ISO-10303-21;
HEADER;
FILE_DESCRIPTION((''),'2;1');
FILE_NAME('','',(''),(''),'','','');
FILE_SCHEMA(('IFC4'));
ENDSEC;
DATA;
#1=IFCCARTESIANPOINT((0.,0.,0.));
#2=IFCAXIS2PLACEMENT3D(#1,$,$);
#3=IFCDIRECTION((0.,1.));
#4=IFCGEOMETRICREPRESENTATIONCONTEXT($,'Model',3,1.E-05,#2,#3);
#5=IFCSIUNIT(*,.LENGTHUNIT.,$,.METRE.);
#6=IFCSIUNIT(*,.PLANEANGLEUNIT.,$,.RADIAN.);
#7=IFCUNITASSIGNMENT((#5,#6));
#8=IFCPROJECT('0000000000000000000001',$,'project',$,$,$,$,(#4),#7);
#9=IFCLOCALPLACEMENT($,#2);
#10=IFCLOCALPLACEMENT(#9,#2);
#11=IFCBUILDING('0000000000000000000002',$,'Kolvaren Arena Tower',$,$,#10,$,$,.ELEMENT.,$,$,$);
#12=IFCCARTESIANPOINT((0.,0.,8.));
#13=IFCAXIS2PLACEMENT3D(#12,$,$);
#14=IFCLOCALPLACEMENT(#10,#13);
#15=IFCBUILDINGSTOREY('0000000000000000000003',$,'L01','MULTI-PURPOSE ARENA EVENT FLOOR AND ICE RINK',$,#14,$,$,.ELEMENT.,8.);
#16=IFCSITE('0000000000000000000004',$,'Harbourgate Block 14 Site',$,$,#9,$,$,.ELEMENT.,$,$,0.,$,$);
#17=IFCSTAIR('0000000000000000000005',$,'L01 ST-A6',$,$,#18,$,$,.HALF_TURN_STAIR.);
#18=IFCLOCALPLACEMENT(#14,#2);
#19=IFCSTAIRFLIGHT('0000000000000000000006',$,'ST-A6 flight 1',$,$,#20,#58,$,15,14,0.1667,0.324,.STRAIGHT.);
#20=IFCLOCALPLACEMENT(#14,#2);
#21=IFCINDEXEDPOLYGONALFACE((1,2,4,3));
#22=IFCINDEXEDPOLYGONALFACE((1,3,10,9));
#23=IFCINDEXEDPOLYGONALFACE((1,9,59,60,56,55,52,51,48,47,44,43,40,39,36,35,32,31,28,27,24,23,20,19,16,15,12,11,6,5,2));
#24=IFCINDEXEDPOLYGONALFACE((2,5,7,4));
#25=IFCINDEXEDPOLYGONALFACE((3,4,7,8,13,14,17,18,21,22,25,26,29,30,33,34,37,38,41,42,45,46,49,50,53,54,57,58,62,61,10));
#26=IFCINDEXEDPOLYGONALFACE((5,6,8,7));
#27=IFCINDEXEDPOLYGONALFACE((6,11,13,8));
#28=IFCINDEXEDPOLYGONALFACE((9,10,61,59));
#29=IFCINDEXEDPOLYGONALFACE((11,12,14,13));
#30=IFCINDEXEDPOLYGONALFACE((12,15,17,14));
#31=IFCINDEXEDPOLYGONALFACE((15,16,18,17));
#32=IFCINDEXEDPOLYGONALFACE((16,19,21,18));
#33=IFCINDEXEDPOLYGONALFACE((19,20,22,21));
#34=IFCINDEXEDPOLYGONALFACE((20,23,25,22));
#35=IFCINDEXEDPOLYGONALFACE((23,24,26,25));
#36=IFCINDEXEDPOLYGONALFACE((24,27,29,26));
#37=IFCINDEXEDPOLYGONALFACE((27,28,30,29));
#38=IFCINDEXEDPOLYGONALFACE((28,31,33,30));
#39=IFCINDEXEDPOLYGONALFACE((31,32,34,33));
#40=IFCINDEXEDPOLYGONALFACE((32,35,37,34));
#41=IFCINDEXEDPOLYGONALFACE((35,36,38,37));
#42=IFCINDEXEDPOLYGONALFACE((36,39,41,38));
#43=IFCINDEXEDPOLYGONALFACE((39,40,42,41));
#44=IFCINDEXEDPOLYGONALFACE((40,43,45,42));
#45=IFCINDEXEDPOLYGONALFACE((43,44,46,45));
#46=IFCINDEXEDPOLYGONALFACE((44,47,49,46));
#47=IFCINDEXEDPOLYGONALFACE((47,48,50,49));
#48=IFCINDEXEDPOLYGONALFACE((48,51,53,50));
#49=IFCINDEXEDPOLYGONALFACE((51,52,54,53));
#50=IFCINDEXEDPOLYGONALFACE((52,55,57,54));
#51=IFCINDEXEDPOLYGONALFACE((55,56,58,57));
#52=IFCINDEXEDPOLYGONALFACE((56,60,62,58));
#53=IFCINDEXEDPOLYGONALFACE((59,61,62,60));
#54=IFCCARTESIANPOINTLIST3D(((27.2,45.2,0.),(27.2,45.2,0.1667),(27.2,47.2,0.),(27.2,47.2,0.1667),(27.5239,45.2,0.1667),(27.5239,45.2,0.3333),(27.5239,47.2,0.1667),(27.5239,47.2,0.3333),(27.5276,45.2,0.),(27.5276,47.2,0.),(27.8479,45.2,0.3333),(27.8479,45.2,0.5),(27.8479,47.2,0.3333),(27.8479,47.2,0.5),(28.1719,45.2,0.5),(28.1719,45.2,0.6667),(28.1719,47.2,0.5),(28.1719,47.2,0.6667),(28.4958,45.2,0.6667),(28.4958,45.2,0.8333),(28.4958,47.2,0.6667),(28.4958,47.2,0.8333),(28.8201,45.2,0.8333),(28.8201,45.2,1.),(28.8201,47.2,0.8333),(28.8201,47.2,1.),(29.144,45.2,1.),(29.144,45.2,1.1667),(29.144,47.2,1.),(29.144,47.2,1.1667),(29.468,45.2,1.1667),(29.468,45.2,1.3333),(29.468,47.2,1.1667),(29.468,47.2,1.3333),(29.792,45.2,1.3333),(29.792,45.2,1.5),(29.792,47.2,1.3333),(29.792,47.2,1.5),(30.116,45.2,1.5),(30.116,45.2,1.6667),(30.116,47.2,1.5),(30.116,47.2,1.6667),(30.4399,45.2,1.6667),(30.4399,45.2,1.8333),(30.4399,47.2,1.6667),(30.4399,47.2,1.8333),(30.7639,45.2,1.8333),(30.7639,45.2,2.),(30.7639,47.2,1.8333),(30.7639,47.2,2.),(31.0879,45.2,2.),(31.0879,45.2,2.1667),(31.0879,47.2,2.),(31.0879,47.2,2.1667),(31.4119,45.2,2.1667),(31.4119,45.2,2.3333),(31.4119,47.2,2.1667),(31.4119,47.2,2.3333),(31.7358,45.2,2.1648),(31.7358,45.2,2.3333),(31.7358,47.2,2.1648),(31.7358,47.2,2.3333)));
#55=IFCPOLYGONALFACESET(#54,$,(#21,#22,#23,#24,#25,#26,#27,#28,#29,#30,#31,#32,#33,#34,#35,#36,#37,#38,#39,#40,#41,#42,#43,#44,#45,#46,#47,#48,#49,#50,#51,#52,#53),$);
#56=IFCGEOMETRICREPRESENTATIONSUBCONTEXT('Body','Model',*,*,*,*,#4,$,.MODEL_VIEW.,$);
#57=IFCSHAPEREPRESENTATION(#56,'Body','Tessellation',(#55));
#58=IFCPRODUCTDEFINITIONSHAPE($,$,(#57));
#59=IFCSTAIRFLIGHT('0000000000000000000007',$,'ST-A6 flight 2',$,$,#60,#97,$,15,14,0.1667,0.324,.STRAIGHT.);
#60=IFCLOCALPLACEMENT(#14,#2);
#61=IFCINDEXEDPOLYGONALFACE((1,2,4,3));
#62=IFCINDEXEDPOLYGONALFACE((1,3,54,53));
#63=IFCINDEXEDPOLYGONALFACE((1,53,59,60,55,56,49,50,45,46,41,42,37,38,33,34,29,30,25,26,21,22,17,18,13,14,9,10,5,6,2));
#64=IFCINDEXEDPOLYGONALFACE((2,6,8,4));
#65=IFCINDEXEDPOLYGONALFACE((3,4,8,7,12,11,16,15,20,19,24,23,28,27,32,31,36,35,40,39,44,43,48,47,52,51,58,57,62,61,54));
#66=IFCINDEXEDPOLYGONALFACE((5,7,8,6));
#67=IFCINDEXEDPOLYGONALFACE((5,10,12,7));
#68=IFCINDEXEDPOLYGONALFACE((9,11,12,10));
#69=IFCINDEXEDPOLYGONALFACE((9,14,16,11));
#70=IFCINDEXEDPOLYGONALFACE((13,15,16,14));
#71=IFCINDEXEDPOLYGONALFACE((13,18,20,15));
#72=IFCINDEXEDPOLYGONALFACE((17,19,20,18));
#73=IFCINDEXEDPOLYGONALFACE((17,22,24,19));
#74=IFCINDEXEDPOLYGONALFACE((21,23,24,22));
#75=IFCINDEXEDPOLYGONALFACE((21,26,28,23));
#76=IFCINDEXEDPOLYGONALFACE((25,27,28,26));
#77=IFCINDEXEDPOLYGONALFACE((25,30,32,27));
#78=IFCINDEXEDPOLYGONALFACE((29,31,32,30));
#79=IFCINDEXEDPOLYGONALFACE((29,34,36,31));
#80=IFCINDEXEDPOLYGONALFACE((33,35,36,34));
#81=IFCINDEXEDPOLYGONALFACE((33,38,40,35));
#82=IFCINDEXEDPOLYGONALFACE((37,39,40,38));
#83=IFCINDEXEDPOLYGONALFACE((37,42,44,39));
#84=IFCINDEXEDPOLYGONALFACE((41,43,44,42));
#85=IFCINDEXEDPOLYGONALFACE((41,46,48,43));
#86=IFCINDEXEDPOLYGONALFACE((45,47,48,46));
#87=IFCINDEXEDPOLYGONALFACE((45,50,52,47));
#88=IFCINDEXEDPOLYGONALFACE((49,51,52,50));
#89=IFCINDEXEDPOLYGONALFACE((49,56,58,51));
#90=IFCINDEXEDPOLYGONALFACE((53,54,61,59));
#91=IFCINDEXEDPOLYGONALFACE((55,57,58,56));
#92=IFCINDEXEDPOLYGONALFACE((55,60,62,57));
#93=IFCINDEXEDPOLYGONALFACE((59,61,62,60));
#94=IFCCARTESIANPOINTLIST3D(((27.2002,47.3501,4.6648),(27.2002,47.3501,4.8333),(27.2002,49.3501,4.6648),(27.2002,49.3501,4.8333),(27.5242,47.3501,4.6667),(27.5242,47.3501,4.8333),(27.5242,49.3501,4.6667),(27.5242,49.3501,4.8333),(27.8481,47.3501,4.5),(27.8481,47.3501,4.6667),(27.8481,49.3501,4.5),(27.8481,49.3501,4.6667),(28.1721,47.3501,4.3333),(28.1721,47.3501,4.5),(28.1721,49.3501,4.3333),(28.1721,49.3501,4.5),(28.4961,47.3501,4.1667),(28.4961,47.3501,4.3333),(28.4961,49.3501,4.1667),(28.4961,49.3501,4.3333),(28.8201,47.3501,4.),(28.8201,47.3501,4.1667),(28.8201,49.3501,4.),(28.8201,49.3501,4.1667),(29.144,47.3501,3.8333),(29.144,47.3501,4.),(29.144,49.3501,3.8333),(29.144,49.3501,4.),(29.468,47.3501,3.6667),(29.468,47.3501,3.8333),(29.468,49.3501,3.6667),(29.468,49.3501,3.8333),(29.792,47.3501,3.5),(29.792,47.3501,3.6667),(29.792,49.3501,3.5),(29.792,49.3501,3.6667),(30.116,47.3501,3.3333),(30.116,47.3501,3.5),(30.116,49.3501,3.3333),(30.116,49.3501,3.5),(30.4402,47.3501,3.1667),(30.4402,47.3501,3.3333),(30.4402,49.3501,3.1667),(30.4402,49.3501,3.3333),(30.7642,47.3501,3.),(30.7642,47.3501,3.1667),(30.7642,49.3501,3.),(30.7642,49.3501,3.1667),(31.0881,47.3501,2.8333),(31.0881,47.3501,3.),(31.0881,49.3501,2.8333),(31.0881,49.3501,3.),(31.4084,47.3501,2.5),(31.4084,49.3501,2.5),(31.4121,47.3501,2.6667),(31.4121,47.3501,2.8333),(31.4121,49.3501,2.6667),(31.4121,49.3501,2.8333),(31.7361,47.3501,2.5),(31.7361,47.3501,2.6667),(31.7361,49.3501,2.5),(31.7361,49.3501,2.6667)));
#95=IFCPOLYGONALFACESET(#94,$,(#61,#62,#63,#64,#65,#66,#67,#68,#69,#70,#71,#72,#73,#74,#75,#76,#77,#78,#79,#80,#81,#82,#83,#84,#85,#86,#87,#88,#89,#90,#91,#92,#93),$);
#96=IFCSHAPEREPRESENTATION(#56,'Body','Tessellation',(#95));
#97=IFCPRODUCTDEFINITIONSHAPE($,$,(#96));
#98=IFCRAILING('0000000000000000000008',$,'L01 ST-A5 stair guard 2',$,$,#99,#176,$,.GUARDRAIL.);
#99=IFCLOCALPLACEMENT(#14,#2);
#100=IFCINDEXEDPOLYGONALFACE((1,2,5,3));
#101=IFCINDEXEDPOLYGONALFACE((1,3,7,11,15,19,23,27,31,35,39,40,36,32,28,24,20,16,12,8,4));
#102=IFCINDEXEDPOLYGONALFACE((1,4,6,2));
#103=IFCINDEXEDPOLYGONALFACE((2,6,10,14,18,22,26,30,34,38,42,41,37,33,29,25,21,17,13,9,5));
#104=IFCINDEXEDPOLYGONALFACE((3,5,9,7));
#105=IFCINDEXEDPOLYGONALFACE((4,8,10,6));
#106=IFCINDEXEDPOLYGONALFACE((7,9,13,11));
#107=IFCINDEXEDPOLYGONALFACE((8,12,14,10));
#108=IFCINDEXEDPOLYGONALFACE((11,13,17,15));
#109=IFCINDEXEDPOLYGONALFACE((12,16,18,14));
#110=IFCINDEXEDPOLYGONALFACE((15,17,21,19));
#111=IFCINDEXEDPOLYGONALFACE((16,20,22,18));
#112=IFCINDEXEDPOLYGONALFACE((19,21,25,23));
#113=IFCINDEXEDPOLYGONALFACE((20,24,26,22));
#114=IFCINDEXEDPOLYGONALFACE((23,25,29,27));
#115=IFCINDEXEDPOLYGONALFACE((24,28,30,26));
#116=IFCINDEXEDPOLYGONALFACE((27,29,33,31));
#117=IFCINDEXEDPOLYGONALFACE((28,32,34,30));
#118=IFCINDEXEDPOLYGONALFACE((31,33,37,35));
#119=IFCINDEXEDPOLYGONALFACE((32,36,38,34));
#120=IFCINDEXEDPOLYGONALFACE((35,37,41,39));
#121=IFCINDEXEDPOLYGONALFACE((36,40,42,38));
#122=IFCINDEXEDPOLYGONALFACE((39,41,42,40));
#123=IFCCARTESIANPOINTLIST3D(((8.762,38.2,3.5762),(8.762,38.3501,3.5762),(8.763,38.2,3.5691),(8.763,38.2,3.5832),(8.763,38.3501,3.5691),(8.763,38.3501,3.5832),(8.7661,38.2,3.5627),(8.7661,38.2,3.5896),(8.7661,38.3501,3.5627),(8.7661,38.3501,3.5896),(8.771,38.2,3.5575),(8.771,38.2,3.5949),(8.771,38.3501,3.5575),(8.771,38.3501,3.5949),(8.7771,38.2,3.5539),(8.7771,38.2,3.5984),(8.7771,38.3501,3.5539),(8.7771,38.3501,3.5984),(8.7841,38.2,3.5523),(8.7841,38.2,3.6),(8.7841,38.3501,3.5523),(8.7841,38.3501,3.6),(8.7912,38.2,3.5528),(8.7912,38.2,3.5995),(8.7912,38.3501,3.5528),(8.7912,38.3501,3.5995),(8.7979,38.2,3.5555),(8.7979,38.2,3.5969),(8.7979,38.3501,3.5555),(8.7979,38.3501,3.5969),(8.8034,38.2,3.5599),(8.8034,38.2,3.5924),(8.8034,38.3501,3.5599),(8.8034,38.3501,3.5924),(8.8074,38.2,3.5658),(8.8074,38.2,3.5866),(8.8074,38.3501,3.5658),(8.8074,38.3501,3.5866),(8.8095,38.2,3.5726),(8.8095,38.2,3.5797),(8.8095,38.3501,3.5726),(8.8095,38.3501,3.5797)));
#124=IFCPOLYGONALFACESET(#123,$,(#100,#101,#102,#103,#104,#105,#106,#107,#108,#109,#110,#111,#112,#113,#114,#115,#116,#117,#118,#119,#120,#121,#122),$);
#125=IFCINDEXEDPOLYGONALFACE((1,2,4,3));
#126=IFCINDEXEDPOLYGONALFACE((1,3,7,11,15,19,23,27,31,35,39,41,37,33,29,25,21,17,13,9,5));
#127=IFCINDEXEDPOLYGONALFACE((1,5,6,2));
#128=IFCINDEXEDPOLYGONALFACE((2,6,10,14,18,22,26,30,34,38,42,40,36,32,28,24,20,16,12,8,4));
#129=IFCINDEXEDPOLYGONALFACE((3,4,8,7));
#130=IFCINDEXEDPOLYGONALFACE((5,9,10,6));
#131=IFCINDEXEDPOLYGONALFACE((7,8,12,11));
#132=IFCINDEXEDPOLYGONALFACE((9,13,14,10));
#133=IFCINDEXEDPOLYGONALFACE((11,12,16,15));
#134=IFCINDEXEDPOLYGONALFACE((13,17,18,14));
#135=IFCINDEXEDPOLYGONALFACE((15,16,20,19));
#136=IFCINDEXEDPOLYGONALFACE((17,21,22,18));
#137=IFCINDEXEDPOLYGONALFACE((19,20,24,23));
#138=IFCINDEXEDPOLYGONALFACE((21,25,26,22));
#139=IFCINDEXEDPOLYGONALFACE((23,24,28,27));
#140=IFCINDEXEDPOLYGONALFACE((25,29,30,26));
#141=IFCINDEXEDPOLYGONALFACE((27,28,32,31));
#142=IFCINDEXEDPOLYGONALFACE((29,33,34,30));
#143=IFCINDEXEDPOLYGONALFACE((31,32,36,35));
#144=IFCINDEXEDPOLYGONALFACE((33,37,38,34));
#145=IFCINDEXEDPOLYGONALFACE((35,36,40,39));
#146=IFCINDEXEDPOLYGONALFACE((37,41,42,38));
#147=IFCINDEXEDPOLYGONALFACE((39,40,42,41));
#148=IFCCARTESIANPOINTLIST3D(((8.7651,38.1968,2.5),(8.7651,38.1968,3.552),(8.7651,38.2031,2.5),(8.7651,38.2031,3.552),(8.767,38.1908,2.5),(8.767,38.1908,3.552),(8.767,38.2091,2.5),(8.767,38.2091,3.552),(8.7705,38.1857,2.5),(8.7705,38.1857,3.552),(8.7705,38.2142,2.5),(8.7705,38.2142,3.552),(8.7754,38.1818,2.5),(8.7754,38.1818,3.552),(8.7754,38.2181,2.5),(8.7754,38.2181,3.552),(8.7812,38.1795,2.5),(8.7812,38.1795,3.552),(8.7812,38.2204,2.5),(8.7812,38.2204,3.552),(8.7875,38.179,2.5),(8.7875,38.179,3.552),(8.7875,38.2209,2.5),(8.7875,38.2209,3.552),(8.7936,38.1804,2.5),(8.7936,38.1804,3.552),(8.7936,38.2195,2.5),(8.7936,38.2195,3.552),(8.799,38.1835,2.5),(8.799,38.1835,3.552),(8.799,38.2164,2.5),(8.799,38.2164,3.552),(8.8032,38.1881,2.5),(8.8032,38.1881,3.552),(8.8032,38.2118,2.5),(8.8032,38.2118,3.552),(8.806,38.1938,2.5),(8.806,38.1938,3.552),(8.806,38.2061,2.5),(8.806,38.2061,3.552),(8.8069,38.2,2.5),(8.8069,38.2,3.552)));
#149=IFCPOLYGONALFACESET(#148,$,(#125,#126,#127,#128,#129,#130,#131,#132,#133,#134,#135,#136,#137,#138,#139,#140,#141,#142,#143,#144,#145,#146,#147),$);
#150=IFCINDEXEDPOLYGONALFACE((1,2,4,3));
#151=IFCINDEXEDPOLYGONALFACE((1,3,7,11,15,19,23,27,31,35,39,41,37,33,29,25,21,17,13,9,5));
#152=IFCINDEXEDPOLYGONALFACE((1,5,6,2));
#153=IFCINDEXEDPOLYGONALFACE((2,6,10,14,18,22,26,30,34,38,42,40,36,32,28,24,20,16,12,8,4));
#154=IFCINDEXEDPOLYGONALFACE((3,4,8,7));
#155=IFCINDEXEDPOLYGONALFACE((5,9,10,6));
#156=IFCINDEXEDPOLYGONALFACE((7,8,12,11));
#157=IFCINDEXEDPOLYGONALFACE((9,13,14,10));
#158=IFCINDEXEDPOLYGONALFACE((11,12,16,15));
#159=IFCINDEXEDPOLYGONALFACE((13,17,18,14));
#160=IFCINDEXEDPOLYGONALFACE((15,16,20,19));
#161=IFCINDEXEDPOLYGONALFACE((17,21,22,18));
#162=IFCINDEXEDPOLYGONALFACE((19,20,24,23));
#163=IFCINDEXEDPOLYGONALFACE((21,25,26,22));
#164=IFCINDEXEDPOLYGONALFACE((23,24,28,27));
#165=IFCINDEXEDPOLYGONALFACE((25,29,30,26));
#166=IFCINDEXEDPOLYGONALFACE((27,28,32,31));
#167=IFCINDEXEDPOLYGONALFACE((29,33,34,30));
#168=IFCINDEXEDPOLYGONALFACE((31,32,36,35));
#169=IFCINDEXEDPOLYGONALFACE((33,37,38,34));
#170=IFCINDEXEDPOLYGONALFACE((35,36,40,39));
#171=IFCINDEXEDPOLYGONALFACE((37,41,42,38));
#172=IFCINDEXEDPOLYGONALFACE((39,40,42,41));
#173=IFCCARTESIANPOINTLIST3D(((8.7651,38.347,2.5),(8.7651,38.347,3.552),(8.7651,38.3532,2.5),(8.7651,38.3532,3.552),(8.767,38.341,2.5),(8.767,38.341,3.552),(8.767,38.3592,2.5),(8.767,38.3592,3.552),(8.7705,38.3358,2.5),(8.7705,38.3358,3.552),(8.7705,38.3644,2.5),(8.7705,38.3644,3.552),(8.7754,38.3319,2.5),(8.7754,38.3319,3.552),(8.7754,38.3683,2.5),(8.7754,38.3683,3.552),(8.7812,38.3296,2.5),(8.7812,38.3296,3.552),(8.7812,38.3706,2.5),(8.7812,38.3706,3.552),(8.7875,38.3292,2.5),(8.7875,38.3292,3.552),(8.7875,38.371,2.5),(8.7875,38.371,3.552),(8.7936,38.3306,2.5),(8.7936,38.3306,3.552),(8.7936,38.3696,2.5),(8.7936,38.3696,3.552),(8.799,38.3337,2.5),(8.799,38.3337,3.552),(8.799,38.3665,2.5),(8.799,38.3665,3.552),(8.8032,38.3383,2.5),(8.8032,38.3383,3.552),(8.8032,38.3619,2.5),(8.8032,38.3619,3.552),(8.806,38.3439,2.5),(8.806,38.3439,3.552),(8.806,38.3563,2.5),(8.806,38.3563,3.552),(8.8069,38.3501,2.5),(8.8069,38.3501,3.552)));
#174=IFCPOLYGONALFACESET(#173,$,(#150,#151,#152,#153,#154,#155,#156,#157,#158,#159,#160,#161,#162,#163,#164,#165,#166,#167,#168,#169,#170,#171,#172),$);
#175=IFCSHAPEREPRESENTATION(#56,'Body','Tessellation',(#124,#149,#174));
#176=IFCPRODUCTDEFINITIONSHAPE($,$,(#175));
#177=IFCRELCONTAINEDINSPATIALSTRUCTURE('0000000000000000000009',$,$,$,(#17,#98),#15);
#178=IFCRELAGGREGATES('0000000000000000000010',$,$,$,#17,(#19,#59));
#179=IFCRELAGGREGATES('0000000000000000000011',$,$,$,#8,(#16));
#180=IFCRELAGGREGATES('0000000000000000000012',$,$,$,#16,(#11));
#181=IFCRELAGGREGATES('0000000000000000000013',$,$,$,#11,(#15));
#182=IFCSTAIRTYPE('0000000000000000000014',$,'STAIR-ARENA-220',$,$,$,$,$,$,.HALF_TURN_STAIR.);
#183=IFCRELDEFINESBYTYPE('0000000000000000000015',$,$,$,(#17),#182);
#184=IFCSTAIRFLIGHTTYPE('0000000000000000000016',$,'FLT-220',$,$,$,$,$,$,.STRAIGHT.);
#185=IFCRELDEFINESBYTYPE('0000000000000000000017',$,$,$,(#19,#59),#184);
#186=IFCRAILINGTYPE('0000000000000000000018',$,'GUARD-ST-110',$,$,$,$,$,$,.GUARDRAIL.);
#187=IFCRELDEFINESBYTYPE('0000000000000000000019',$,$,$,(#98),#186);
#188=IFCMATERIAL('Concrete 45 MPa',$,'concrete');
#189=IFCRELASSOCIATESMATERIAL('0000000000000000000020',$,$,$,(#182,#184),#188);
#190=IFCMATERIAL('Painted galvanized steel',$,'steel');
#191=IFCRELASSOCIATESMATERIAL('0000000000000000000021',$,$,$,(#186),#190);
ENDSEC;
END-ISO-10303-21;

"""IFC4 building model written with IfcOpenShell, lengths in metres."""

from ifc_helpers import new_model, si_unit, direction, frame, origin, origin_2d, place, context, subcontext, project, spatial, polyline, circle, outline, extrude, material, type_object, element, aggregate, save


model = new_model("IFC4")

# Units and contexts
model_context = context("Model", 3, precision=1e-05, world=origin(), true_north=direction((0.0, 1.0)))
body_context = subcontext(model_context, "Body", "Model", "MODEL_VIEW")
ifc_project = project(units=[si_unit("LENGTHUNIT", "METRE"), si_unit("PLANEANGLEUNIT", "RADIAN")], contexts=[model_context])

# Site, building, storey
site_placement = place(None, origin())
site = spatial("IfcSite", under=ifc_project, at=site_placement, Name="Harbourgate Block 14 Site", CompositionType="ELEMENT", RefElevation=0.0)
building_placement = place(site_placement, origin())
building = spatial("IfcBuilding", under=site, at=building_placement, Name="Kolvaren Arena Tower", CompositionType="ELEMENT")
storey_placement = place(building_placement, frame((0.0, 0.0, 8.0)))
storey = spatial("IfcBuildingStorey", under=building, at=storey_placement, Name="L01", Description="MULTI-PURPOSE ARENA EVENT FLOOR AND ICE RINK", CompositionType="ELEMENT", Elevation=8.0)

# Shared definitions
ifc_material_1 = material(Name="Concrete 45 MPa", Category="concrete")

# Stair, stair flights
stair_type = type_object("IfcStairType", Name="STAIR-ARENA-220", PredefinedType="HALF_TURN_STAIR", material=ifc_material_1)
stair_placement = place(storey_placement, origin())
stair = element("IfcStair", 1, at=stair_placement, inside=storey, type_object=stair_type, Name="L01 ST-A6", PredefinedType="HALF_TURN_STAIR")
stair_flight_type = type_object("IfcStairFlightType", Name="FLT-220", PredefinedType="STRAIGHT", material=ifc_material_1)
stair_flight_1_placement = place(storey_placement, frame((27.2, 46.2, 0.0), z_axis=(0.0, 0.0, 1.0), x_axis=(1.0, 0.0, 0.0)))
stair_flight_1 = element("IfcStairFlight", 2, at=stair_flight_1_placement, type_object=stair_flight_type, Name="ST-A6 flight 1", NumberOfRisers=15, NumberOfTreads=14, PredefinedType="STRAIGHT", RiserHeight=0.1667, TreadLength=0.324, context=body_context, shape_type="SweptSolid", body=[
    extrude(outline(polyline([(0.0, 0.0), (0.0, 0.1667), (0.324, 0.1667), (0.324, 0.3333), (0.6479, 0.3333), (0.6479, 0.5), (0.9719, 0.5), (0.9719, 0.6667), (1.2959, 0.6667), (1.2959, 0.8333), (1.6201, 0.8333), (1.6201, 1.0), (1.9441, 1.0), (1.9441, 1.1667), (2.2681, 1.1667), (2.2681, 1.3333), (2.592, 1.3333), (2.592, 1.5), (2.916, 1.5), (2.916, 1.6667), (3.24, 1.6667), (3.24, 1.8333), (3.564, 1.8333), (3.564, 2.0), (3.8879, 2.0), (3.8879, 2.1667), (4.2119, 2.1667), (4.2119, 2.3333), (4.5359, 2.3333), (4.5359, 2.5), (4.5359, 2.1648), (0.3276, 0.0), (0.0, 0.0)])), frame((0.0, 1.0, 0.0), z_axis=(0.0, -1.0, 0.0), x_axis=(1.0, 0.0, 0.0)), (0.0, 0.0, 1.0), 2.0),
])
stair_flight_2_placement = place(storey_placement, frame((31.7361, 48.3501, 2.5), z_axis=(0.0, 0.0, 1.0), x_axis=(-1.0, 0.0, 0.0)))
stair_flight_2 = element("IfcStairFlight", 3, at=stair_flight_2_placement, type_object=stair_flight_type, Name="ST-A6 flight 2", NumberOfRisers=15, NumberOfTreads=14, PredefinedType="STRAIGHT", RiserHeight=0.1667, TreadLength=0.324, context=body_context, shape_type="SweptSolid", body=[
    extrude(outline(polyline([(0.0, 0.0), (0.0, 0.1667), (0.324, 0.1667), (0.324, 0.3333), (0.6479, 0.3333), (0.6479, 0.5), (0.9719, 0.5), (0.9719, 0.6667), (1.2959, 0.6667), (1.2959, 0.8333), (1.6201, 0.8333), (1.6201, 1.0), (1.9441, 1.0), (1.9441, 1.1667), (2.2681, 1.1667), (2.2681, 1.3333), (2.592, 1.3333), (2.592, 1.5), (2.916, 1.5), (2.916, 1.6667), (3.24, 1.6667), (3.24, 1.8333), (3.564, 1.8333), (3.564, 2.0), (3.8879, 2.0), (3.8879, 2.1667), (4.2119, 2.1667), (4.2119, 2.3333), (4.5359, 2.3333), (4.5359, 2.5), (4.5359, 2.1648), (0.3276, 0.0), (0.0, 0.0)])), frame((0.0, 1.0, 0.0), z_axis=(0.0, -1.0, 0.0), x_axis=(1.0, 0.0, 0.0)), (0.0, 0.0, 1.0), 2.0),
])
aggregate(stair, [stair_flight_1, stair_flight_2])

# Railing
ifc_material_2 = material(Name="Painted galvanized steel", Category="steel")
railing_type_1 = type_object("IfcRailingType", Name="GUARD-ST-110", PredefinedType="GUARDRAIL", material=ifc_material_2)
railing_1_placement = place(storey_placement, frame((8.7859, 38.2, 2.5)))
element("IfcRailing", 4, at=railing_1_placement, inside=storey, type_object=railing_type_1, Name="L01 ST-A5 stair guard 2", PredefinedType="GUARDRAIL", context=body_context, shape_type="SweptSolid", body=[
    extrude(circle(Radius=0.0239, at=origin_2d()), frame((0.0, 0.0, 1.0762), z_axis=(0.0, 1.0, 0.0), x_axis=(-1.0, 0.0, 0.0)), (0.0, 0.0, 1.0), 0.1501),
    extrude(circle(Radius=0.021, at=origin_2d()), origin(), (0.0, 0.0, 1.0), 1.052),
    extrude(circle(Radius=0.021, at=origin_2d()), frame((0.0, 0.1501, 0.0)), (0.0, 0.0, 1.0), 1.052),
])

save(model, "model.ifc")
